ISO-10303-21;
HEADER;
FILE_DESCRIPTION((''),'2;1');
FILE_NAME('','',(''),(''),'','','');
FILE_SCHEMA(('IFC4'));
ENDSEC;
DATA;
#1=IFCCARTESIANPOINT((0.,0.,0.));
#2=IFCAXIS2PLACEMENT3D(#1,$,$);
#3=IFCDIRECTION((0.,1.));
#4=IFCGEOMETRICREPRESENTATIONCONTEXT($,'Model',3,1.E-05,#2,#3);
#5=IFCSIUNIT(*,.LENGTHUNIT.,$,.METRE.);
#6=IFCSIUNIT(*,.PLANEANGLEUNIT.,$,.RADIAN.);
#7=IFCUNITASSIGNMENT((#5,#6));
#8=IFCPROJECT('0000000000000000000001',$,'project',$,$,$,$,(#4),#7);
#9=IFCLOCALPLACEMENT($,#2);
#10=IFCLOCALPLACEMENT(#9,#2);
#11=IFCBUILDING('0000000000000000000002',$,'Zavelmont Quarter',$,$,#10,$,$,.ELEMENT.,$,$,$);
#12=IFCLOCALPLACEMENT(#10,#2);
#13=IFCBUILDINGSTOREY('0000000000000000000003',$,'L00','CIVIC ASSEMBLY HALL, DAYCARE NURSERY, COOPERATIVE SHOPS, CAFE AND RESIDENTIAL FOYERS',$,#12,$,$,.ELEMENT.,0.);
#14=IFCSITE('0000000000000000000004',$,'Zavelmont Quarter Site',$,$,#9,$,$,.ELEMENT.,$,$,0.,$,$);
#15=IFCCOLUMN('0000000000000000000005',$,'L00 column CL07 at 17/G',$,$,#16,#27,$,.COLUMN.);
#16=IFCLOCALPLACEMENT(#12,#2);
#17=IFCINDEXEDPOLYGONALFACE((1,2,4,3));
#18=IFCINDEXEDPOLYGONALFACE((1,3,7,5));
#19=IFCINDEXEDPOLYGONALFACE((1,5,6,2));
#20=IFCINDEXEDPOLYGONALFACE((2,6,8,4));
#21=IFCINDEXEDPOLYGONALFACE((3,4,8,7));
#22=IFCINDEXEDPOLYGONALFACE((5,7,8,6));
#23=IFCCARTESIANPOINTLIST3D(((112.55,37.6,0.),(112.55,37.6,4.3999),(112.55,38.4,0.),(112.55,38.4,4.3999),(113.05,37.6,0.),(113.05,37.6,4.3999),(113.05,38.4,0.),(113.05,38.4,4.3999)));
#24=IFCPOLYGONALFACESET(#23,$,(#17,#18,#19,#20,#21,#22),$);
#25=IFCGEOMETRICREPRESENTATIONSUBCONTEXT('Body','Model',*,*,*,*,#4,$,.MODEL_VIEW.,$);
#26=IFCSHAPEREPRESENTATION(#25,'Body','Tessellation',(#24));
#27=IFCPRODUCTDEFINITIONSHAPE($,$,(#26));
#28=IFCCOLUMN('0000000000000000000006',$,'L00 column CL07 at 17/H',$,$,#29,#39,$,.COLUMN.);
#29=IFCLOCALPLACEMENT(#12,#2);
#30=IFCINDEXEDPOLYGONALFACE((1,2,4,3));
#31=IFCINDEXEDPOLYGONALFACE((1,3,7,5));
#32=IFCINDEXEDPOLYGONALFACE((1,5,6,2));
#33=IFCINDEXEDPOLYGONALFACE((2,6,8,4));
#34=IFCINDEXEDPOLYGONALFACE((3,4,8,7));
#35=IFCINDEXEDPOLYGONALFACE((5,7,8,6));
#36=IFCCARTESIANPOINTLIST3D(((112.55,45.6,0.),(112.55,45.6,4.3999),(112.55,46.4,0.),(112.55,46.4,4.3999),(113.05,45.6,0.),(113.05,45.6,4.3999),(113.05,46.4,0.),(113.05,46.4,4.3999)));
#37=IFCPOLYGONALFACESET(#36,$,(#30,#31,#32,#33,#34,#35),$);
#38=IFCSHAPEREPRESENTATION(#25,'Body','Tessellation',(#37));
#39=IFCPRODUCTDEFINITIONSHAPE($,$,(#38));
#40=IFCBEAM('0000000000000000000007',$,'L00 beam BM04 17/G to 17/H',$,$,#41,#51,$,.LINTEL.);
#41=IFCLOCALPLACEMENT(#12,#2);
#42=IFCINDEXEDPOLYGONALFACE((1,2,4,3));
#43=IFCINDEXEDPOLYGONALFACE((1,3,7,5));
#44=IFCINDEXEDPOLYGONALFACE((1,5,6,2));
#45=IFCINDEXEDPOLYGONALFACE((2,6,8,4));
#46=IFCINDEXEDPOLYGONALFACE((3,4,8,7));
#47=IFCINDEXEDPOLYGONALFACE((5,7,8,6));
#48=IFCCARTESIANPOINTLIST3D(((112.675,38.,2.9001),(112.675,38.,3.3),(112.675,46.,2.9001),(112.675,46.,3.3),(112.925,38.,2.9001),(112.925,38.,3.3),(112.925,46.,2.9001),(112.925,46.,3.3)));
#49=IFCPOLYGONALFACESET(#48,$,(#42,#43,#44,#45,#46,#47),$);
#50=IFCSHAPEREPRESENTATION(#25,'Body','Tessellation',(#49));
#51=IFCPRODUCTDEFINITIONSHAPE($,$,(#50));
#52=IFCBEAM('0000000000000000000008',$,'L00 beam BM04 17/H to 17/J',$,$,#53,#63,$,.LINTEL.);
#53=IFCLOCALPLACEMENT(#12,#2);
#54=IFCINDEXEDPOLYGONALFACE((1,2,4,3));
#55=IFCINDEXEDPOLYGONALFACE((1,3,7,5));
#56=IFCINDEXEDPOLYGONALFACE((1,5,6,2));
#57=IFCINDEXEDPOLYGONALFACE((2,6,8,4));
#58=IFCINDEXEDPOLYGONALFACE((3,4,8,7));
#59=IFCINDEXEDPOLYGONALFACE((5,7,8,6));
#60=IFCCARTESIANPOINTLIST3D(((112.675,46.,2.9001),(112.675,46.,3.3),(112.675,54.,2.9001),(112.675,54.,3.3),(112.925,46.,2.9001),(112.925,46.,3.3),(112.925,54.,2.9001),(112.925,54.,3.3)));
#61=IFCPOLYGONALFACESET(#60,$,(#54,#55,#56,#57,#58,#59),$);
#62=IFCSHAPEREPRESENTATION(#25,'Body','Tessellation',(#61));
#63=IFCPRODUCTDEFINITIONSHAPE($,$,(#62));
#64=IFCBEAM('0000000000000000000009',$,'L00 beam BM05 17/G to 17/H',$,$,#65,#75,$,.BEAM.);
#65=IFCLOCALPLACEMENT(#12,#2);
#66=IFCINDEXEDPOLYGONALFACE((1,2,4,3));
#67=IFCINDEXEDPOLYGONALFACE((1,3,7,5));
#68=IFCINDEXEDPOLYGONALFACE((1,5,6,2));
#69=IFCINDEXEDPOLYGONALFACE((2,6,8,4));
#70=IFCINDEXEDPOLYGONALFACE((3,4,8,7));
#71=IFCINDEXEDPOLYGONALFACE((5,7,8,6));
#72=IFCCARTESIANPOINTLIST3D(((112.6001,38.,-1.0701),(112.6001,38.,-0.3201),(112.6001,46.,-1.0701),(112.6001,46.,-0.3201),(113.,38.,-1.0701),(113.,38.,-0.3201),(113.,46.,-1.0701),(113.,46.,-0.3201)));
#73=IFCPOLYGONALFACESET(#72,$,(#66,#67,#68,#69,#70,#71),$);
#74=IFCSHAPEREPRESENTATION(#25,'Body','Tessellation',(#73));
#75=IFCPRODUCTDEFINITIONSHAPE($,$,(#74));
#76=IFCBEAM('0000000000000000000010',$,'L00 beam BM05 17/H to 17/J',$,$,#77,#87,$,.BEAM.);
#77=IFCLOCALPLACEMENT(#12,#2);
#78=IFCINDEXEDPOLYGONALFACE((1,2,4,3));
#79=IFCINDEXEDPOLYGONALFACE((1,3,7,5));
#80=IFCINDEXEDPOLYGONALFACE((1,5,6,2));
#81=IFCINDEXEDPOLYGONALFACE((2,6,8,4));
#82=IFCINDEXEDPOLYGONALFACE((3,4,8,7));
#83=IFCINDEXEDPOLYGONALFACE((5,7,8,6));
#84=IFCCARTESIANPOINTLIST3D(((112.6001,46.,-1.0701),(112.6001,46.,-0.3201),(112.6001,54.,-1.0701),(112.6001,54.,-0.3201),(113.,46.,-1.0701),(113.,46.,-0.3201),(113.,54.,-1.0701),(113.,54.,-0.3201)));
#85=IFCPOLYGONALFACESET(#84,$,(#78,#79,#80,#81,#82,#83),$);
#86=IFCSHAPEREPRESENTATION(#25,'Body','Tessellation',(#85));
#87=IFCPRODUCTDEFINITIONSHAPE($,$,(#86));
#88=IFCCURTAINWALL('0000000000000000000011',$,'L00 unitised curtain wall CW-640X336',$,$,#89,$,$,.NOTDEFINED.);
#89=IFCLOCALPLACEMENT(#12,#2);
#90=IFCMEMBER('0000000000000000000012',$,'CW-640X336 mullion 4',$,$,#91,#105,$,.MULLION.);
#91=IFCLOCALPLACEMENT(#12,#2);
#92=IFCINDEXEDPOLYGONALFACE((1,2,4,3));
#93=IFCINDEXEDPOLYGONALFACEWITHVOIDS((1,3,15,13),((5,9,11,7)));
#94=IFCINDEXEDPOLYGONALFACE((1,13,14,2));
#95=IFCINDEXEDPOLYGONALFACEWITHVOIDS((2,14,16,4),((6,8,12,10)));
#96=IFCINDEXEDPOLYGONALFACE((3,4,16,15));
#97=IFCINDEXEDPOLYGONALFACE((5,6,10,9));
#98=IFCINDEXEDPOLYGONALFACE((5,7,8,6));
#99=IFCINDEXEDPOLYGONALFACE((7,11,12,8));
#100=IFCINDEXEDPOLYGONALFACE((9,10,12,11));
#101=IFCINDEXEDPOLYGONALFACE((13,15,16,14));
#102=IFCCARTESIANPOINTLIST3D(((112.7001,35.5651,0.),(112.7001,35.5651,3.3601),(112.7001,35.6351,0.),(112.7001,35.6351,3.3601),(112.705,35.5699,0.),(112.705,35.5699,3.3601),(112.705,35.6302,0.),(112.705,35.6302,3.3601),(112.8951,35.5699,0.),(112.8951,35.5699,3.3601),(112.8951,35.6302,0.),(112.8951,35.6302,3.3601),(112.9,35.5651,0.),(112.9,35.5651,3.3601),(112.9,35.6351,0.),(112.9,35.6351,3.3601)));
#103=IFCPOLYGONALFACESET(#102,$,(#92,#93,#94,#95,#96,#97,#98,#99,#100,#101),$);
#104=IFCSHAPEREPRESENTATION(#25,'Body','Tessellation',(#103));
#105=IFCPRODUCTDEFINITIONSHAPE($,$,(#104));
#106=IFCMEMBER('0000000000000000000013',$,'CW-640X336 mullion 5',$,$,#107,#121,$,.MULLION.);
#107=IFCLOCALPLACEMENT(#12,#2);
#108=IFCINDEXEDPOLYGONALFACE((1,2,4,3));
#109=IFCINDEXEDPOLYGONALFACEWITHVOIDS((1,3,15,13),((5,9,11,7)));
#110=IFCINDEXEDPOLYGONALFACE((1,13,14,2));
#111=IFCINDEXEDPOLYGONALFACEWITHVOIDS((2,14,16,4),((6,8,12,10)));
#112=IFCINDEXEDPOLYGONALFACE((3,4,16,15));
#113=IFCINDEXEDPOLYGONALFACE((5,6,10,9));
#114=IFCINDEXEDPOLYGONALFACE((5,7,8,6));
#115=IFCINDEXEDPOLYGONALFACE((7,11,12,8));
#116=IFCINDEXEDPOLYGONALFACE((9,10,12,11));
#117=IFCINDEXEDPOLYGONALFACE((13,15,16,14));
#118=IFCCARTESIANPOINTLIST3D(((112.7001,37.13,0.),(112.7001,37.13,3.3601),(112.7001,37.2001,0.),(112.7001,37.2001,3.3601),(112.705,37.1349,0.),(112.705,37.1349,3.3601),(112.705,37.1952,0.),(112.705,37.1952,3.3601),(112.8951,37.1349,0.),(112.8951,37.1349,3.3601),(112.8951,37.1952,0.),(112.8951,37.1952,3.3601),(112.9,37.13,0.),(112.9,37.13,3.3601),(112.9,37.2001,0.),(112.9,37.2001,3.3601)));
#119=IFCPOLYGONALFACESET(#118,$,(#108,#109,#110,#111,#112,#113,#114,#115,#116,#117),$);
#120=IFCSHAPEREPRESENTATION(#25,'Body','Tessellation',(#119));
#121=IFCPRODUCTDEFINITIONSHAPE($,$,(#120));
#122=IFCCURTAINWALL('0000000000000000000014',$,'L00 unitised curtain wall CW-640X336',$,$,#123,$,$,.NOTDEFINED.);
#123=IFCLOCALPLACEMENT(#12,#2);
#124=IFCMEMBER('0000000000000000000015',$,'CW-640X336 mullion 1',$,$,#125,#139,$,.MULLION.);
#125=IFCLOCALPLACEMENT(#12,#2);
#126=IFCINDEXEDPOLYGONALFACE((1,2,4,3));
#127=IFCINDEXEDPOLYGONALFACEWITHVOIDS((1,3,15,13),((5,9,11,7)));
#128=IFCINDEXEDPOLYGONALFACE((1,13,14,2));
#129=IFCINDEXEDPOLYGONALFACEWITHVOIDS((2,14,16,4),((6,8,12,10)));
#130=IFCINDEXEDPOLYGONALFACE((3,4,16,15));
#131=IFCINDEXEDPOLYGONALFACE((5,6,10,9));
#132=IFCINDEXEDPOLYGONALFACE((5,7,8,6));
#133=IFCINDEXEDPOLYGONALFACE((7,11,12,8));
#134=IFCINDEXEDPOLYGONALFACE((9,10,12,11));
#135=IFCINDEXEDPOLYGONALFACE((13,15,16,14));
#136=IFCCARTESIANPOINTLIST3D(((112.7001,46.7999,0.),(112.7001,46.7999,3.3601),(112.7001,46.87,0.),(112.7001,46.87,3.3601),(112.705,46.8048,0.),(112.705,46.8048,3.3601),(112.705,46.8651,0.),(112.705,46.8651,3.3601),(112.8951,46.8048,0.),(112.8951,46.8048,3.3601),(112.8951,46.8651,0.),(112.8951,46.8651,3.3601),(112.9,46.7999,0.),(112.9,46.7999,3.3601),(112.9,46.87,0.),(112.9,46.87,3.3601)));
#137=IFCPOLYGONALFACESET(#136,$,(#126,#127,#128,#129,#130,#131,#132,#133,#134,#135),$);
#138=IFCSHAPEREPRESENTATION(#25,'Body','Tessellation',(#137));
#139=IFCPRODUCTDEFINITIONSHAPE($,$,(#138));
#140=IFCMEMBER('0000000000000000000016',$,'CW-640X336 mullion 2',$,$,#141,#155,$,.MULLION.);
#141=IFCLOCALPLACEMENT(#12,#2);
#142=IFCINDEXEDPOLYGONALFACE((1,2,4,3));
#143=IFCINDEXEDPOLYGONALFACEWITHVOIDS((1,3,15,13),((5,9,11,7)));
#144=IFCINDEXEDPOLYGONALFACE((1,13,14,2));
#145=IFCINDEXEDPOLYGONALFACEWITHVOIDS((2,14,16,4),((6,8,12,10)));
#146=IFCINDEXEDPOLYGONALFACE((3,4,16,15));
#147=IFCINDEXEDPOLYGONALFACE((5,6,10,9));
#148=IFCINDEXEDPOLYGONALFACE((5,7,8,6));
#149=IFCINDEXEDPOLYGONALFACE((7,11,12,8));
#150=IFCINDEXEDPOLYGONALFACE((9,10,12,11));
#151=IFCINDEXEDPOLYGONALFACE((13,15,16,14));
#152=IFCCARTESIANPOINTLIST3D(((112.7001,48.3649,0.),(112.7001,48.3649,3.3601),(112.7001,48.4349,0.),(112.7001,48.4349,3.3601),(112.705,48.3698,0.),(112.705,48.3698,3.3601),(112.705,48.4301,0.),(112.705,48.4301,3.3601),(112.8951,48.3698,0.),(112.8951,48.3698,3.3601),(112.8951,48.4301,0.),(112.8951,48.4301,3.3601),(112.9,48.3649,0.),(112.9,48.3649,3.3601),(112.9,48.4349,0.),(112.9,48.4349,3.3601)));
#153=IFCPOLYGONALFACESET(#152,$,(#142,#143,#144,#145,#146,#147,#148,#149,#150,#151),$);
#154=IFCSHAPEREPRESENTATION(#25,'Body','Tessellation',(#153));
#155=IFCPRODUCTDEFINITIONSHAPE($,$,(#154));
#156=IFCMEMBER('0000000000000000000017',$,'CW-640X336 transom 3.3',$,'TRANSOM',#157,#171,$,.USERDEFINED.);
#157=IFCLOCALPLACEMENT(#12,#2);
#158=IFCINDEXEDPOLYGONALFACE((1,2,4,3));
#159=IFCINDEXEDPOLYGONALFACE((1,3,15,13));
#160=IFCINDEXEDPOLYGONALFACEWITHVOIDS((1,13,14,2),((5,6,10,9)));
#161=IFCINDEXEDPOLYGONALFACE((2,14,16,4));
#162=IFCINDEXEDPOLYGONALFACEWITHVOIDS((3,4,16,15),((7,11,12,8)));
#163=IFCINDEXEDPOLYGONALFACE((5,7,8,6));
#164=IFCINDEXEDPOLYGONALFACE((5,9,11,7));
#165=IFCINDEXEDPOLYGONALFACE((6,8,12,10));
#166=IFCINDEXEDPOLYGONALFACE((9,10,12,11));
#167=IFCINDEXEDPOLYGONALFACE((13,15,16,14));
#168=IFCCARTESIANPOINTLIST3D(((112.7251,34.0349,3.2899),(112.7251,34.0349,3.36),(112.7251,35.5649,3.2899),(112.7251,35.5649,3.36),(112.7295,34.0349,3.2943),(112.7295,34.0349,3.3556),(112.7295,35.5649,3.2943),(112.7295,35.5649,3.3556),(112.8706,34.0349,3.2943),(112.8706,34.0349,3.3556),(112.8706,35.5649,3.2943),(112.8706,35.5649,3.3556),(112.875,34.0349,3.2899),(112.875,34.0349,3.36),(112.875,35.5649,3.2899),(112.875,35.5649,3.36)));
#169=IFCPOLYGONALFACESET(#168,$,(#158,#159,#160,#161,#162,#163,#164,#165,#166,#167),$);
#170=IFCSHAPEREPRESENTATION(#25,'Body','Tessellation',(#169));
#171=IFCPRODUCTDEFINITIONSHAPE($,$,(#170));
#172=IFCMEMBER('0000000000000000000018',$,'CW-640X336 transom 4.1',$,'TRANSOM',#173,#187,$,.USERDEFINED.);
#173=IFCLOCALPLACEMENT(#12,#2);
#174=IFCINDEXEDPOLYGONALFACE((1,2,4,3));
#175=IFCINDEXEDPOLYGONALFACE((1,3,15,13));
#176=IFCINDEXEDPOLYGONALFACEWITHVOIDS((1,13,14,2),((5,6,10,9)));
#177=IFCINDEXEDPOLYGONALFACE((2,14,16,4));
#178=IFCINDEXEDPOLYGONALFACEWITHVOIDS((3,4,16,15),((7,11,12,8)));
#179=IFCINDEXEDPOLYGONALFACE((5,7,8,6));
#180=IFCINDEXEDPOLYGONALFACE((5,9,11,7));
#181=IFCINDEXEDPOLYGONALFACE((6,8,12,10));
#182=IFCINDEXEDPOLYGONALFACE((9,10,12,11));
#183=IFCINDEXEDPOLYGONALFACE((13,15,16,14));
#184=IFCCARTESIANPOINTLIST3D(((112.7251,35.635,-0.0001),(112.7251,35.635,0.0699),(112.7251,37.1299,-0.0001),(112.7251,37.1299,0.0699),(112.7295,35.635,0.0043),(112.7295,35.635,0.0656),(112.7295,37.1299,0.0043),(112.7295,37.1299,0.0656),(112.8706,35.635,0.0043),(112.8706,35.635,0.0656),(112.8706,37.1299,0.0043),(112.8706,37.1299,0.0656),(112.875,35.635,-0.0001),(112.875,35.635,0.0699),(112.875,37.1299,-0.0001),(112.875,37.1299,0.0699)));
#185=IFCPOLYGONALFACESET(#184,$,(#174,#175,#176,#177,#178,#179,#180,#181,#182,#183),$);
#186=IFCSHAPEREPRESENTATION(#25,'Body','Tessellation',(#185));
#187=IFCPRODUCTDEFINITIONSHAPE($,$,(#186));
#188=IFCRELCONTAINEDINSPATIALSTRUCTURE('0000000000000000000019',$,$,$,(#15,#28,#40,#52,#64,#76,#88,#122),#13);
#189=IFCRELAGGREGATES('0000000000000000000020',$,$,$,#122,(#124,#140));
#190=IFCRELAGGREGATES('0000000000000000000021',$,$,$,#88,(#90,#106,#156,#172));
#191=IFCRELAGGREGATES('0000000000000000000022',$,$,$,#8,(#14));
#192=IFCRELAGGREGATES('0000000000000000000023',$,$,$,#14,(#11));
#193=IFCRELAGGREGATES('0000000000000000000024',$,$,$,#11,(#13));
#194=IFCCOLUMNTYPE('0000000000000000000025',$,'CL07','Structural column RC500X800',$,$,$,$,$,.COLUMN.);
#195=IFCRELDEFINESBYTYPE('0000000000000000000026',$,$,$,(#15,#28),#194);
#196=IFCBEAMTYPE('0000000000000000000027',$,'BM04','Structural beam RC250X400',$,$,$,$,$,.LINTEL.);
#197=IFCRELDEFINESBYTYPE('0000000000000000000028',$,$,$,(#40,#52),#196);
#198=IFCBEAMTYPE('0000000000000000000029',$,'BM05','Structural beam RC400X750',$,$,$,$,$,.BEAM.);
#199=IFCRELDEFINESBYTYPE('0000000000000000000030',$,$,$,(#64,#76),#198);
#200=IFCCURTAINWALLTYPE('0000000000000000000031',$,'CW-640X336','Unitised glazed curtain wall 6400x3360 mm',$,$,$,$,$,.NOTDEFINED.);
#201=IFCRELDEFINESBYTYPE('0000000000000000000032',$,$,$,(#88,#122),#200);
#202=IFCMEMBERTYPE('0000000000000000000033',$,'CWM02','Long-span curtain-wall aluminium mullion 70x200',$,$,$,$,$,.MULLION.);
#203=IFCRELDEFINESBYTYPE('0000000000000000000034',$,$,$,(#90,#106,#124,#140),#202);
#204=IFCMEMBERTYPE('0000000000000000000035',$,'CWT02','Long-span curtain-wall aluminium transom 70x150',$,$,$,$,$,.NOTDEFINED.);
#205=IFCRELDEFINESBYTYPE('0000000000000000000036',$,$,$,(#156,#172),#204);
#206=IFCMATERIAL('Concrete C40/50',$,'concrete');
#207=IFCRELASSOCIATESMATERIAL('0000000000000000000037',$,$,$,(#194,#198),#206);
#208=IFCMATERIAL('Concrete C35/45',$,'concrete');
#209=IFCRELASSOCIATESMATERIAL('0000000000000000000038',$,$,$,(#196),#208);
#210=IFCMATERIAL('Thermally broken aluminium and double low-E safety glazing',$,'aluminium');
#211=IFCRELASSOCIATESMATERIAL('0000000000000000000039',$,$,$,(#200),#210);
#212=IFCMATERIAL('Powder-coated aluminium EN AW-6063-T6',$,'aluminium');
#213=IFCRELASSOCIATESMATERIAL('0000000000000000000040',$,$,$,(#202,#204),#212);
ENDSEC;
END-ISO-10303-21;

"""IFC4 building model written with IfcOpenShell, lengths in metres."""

from ifc_helpers import new_model, si_unit, direction, frame, origin, origin_2d, place, context, subcontext, project, spatial, rectangle, hollow_rectangle, extrude, material, material_profile, profile_set, type_object, element, aggregate, save


model = new_model("IFC4")

# Units and contexts
model_context = context("Model", 3, precision=1e-05, world=origin(), true_north=direction((0.0, 1.0)))
body_context = subcontext(model_context, "Body", "Model", "MODEL_VIEW")
ifc_project = project(units=[si_unit("LENGTHUNIT", "METRE"), si_unit("PLANEANGLEUNIT", "RADIAN")], contexts=[model_context])

# Site, building, storey
site_placement = place(None, origin())
site = spatial("IfcSite", under=ifc_project, at=site_placement, Name="Zavelmont Quarter Site", CompositionType="ELEMENT", RefElevation=0.0)
building_placement = place(site_placement, origin())
building = spatial("IfcBuilding", under=site, at=building_placement, Name="Zavelmont Quarter", CompositionType="ELEMENT")
storey_placement = place(building_placement, origin())
storey = spatial("IfcBuildingStorey", under=building, at=storey_placement, Name="L00", Description="CIVIC ASSEMBLY HALL, DAYCARE NURSERY, COOPERATIVE SHOPS, CAFE AND RESIDENTIAL FOYERS", CompositionType="ELEMENT", Elevation=0.0)

# Columns
ifc_material_1 = material(Name="Concrete C40/50", Category="concrete")
ifc_material_profile_1 = material_profile(ifc_material_1, rectangle(XDim=0.5, YDim=0.8, at=origin_2d()), Name="RC500X800")
ifc_profile_set_1 = profile_set([ifc_material_profile_1], Name="Concrete C40/50")
column_type = type_object("IfcColumnType", Name="CL07", Description="Structural column RC500X800", PredefinedType="COLUMN", material=ifc_profile_set_1)
for number, where, z_axis, x_axis, name in (
    (1, (112.8, 38.0, 0.0), (0.0, 0.0, 1.0), (1.0, 0.0, 0.0), "L00 column CL07 at 17/G"),
    (2, (112.8, 46.0, 0.0), (0.0, 0.0, 1.0), (1.0, 0.0, 0.0), "L00 column CL07 at 17/H"),
):
    element("IfcColumn", number, at=place(storey_placement, frame(where, z_axis=z_axis, x_axis=x_axis)), inside=storey, type_object=column_type, Name=name, PredefinedType="COLUMN", context=body_context, shape_type="SweptSolid", body=[
        extrude(rectangle(XDim=0.5, YDim=0.8, at=origin_2d()), origin(), (0.0, 0.0, 1.0), 4.3999),
    ])

# Beams
ifc_material_2 = material(Name="Concrete C35/45", Category="concrete")
ifc_material_profile_2 = material_profile(ifc_material_2, rectangle(XDim=0.25, YDim=0.3999, at=origin_2d()), Name="RC250X400")
ifc_profile_set_2 = profile_set([ifc_material_profile_2], Name="Concrete C35/45")
beam_type_1 = type_object("IfcBeamType", Name="BM04", Description="Structural beam RC250X400", PredefinedType="LINTEL", material=ifc_profile_set_2)
for number, where, z_axis, x_axis, name in (
    (3, (112.8, 38.0, 3.1001), (0.0, 1.0, 0.0), (-1.0, 0.0, 0.0), "L00 beam BM04 17/G to 17/H"),
    (4, (112.8, 46.0, 3.1001), (0.0, 1.0, 0.0), (-1.0, 0.0, 0.0), "L00 beam BM04 17/H to 17/J"),
):
    element("IfcBeam", number, at=place(storey_placement, frame(where, z_axis=z_axis, x_axis=x_axis)), inside=storey, type_object=beam_type_1, Name=name, PredefinedType="LINTEL", context=body_context, shape_type="SweptSolid", body=[
        extrude(rectangle(XDim=0.25, YDim=0.3999, at=origin_2d()), origin(), (0.0, 0.0, 1.0), 8.0),
    ])
ifc_material_profile_3 = material_profile(ifc_material_1, rectangle(XDim=0.3999, YDim=0.75, at=origin_2d()), Name="RC400X750")
ifc_profile_set_3 = profile_set([ifc_material_profile_3], Name="Concrete C40/50")
beam_type_2 = type_object("IfcBeamType", Name="BM05", Description="Structural beam RC400X750", PredefinedType="BEAM", material=ifc_profile_set_3)
for number, where, z_axis, x_axis, name in (
    (5, (112.8, 38.0, -0.6951), (0.0, 1.0, 0.0), (-1.0, 0.0, 0.0), "L00 beam BM05 17/G to 17/H"),
    (6, (112.8, 46.0, -0.6951), (0.0, 1.0, 0.0), (-1.0, 0.0, 0.0), "L00 beam BM05 17/H to 17/J"),
):
    element("IfcBeam", number, at=place(storey_placement, frame(where, z_axis=z_axis, x_axis=x_axis)), inside=storey, type_object=beam_type_2, Name=name, PredefinedType="BEAM", context=body_context, shape_type="SweptSolid", body=[
        extrude(rectangle(XDim=0.3999, YDim=0.75, at=origin_2d()), origin(), (0.0, 0.0, 1.0), 8.0),
    ])

# Curtain walls, members
ifc_material_3 = material(Name="Thermally broken aluminium and double low-E safety glazing", Category="aluminium")
curtain_wall_type = type_object("IfcCurtainWallType", Name="CW-640X336", Description="Unitised glazed curtain wall 6400x3360 mm", PredefinedType="NOTDEFINED", material=ifc_material_3)
curtain_wall_1_placement = place(storey_placement, origin())
curtain_wall_1 = element("IfcCurtainWall", 7, at=curtain_wall_1_placement, inside=storey, type_object=curtain_wall_type, Name="L00 unitised curtain wall CW-640X336", PredefinedType="NOTDEFINED")
ifc_material_4 = material(Name="Powder-coated aluminium EN AW-6063-T6", Category="aluminium")
ifc_material_profile_4 = material_profile(ifc_material_4, hollow_rectangle(XDim=0.0701, YDim=0.2, WallThickness=0.0049, at=origin_2d()), Name="CWM70X200")
ifc_profile_set_4 = profile_set([ifc_material_profile_4], Name="Powder-coated aluminium EN AW-6063-T6")
member_type_1 = type_object("IfcMemberType", Name="CWM02", Description="Long-span curtain-wall aluminium mullion 70x200", PredefinedType="MULLION", material=ifc_profile_set_4)
member_1_placement = place(storey_placement, frame((112.8, 35.6001, 0.0), z_axis=(0.0, 0.0, 1.0), x_axis=(0.0, 1.0, 0.0)))
member_1 = element("IfcMember", 8, at=member_1_placement, type_object=member_type_1, Name="CW-640X336 mullion 4", PredefinedType="MULLION", context=body_context, shape_type="SweptSolid", body=[
    extrude(hollow_rectangle(XDim=0.0701, YDim=0.2, WallThickness=0.0049, at=origin_2d()), origin(), (0.0, 0.0, 1.0), 3.3601),
])
member_2_placement = place(storey_placement, frame((112.8, 37.165, 0.0), z_axis=(0.0, 0.0, 1.0), x_axis=(0.0, 1.0, 0.0)))
member_2 = element("IfcMember", 9, at=member_2_placement, type_object=member_type_1, Name="CW-640X336 mullion 5", PredefinedType="MULLION", context=body_context, shape_type="SweptSolid", body=[
    extrude(hollow_rectangle(XDim=0.0701, YDim=0.2, WallThickness=0.0049, at=origin_2d()), origin(), (0.0, 0.0, 1.0), 3.3601),
])
curtain_wall_2_placement = place(storey_placement, origin())
curtain_wall_2 = element("IfcCurtainWall", 10, at=curtain_wall_2_placement, inside=storey, type_object=curtain_wall_type, Name="L00 unitised curtain wall CW-640X336", PredefinedType="NOTDEFINED")
member_3_placement = place(storey_placement, frame((112.8, 46.835, 0.0), z_axis=(0.0, 0.0, 1.0), x_axis=(0.0, 1.0, 0.0)))
member_3 = element("IfcMember", 11, at=member_3_placement, type_object=member_type_1, Name="CW-640X336 mullion 1", PredefinedType="MULLION", context=body_context, shape_type="SweptSolid", body=[
    extrude(hollow_rectangle(XDim=0.0701, YDim=0.2, WallThickness=0.0049, at=origin_2d()), origin(), (0.0, 0.0, 1.0), 3.3601),
])
member_4_placement = place(storey_placement, frame((112.8, 48.3999, 0.0), z_axis=(0.0, 0.0, 1.0), x_axis=(0.0, 1.0, 0.0)))
member_4 = element("IfcMember", 12, at=member_4_placement, type_object=member_type_1, Name="CW-640X336 mullion 2", PredefinedType="MULLION", context=body_context, shape_type="SweptSolid", body=[
    extrude(hollow_rectangle(XDim=0.0701, YDim=0.2, WallThickness=0.0049, at=origin_2d()), origin(), (0.0, 0.0, 1.0), 3.3601),
])

# Members
ifc_material_profile_5 = material_profile(ifc_material_4, hollow_rectangle(XDim=0.1499, YDim=0.0701, WallThickness=0.0044, at=origin_2d()), Name="CWT70X150")
ifc_profile_set_5 = profile_set([ifc_material_profile_5], Name="Powder-coated aluminium EN AW-6063-T6")
member_type_2 = type_object("IfcMemberType", Name="CWT02", Description="Long-span curtain-wall aluminium transom 70x150", PredefinedType="NOTDEFINED", material=ifc_profile_set_5)
member_5_placement = place(storey_placement, frame((112.8, 34.0349, 3.325), z_axis=(0.0, 1.0, 0.0), x_axis=(-1.0, 0.0, 0.0)))
member_5 = element("IfcMember", 13, at=member_5_placement, type_object=member_type_2, Name="CW-640X336 transom 3.3", ObjectType="TRANSOM", PredefinedType="USERDEFINED", context=body_context, shape_type="SweptSolid", body=[
    extrude(hollow_rectangle(XDim=0.1499, YDim=0.0701, WallThickness=0.0044, at=origin_2d()), origin(), (0.0, 0.0, 1.0), 1.53),
])
member_6_placement = place(storey_placement, frame((112.8, 35.635, 0.0349), z_axis=(0.0, 1.0, 0.0), x_axis=(-1.0, 0.0, 0.0)))
member_6 = element("IfcMember", 14, at=member_6_placement, type_object=member_type_2, Name="CW-640X336 transom 4.1", ObjectType="TRANSOM", PredefinedType="USERDEFINED", context=body_context, shape_type="SweptSolid", body=[
    extrude(hollow_rectangle(XDim=0.1499, YDim=0.0701, WallThickness=0.0044, at=origin_2d()), origin(), (0.0, 0.0, 1.0), 1.4949),
])

aggregate(curtain_wall_2, [member_3, member_4])
aggregate(curtain_wall_1, [member_1, member_2, member_5, member_6])

save(model, "model.ifc")
